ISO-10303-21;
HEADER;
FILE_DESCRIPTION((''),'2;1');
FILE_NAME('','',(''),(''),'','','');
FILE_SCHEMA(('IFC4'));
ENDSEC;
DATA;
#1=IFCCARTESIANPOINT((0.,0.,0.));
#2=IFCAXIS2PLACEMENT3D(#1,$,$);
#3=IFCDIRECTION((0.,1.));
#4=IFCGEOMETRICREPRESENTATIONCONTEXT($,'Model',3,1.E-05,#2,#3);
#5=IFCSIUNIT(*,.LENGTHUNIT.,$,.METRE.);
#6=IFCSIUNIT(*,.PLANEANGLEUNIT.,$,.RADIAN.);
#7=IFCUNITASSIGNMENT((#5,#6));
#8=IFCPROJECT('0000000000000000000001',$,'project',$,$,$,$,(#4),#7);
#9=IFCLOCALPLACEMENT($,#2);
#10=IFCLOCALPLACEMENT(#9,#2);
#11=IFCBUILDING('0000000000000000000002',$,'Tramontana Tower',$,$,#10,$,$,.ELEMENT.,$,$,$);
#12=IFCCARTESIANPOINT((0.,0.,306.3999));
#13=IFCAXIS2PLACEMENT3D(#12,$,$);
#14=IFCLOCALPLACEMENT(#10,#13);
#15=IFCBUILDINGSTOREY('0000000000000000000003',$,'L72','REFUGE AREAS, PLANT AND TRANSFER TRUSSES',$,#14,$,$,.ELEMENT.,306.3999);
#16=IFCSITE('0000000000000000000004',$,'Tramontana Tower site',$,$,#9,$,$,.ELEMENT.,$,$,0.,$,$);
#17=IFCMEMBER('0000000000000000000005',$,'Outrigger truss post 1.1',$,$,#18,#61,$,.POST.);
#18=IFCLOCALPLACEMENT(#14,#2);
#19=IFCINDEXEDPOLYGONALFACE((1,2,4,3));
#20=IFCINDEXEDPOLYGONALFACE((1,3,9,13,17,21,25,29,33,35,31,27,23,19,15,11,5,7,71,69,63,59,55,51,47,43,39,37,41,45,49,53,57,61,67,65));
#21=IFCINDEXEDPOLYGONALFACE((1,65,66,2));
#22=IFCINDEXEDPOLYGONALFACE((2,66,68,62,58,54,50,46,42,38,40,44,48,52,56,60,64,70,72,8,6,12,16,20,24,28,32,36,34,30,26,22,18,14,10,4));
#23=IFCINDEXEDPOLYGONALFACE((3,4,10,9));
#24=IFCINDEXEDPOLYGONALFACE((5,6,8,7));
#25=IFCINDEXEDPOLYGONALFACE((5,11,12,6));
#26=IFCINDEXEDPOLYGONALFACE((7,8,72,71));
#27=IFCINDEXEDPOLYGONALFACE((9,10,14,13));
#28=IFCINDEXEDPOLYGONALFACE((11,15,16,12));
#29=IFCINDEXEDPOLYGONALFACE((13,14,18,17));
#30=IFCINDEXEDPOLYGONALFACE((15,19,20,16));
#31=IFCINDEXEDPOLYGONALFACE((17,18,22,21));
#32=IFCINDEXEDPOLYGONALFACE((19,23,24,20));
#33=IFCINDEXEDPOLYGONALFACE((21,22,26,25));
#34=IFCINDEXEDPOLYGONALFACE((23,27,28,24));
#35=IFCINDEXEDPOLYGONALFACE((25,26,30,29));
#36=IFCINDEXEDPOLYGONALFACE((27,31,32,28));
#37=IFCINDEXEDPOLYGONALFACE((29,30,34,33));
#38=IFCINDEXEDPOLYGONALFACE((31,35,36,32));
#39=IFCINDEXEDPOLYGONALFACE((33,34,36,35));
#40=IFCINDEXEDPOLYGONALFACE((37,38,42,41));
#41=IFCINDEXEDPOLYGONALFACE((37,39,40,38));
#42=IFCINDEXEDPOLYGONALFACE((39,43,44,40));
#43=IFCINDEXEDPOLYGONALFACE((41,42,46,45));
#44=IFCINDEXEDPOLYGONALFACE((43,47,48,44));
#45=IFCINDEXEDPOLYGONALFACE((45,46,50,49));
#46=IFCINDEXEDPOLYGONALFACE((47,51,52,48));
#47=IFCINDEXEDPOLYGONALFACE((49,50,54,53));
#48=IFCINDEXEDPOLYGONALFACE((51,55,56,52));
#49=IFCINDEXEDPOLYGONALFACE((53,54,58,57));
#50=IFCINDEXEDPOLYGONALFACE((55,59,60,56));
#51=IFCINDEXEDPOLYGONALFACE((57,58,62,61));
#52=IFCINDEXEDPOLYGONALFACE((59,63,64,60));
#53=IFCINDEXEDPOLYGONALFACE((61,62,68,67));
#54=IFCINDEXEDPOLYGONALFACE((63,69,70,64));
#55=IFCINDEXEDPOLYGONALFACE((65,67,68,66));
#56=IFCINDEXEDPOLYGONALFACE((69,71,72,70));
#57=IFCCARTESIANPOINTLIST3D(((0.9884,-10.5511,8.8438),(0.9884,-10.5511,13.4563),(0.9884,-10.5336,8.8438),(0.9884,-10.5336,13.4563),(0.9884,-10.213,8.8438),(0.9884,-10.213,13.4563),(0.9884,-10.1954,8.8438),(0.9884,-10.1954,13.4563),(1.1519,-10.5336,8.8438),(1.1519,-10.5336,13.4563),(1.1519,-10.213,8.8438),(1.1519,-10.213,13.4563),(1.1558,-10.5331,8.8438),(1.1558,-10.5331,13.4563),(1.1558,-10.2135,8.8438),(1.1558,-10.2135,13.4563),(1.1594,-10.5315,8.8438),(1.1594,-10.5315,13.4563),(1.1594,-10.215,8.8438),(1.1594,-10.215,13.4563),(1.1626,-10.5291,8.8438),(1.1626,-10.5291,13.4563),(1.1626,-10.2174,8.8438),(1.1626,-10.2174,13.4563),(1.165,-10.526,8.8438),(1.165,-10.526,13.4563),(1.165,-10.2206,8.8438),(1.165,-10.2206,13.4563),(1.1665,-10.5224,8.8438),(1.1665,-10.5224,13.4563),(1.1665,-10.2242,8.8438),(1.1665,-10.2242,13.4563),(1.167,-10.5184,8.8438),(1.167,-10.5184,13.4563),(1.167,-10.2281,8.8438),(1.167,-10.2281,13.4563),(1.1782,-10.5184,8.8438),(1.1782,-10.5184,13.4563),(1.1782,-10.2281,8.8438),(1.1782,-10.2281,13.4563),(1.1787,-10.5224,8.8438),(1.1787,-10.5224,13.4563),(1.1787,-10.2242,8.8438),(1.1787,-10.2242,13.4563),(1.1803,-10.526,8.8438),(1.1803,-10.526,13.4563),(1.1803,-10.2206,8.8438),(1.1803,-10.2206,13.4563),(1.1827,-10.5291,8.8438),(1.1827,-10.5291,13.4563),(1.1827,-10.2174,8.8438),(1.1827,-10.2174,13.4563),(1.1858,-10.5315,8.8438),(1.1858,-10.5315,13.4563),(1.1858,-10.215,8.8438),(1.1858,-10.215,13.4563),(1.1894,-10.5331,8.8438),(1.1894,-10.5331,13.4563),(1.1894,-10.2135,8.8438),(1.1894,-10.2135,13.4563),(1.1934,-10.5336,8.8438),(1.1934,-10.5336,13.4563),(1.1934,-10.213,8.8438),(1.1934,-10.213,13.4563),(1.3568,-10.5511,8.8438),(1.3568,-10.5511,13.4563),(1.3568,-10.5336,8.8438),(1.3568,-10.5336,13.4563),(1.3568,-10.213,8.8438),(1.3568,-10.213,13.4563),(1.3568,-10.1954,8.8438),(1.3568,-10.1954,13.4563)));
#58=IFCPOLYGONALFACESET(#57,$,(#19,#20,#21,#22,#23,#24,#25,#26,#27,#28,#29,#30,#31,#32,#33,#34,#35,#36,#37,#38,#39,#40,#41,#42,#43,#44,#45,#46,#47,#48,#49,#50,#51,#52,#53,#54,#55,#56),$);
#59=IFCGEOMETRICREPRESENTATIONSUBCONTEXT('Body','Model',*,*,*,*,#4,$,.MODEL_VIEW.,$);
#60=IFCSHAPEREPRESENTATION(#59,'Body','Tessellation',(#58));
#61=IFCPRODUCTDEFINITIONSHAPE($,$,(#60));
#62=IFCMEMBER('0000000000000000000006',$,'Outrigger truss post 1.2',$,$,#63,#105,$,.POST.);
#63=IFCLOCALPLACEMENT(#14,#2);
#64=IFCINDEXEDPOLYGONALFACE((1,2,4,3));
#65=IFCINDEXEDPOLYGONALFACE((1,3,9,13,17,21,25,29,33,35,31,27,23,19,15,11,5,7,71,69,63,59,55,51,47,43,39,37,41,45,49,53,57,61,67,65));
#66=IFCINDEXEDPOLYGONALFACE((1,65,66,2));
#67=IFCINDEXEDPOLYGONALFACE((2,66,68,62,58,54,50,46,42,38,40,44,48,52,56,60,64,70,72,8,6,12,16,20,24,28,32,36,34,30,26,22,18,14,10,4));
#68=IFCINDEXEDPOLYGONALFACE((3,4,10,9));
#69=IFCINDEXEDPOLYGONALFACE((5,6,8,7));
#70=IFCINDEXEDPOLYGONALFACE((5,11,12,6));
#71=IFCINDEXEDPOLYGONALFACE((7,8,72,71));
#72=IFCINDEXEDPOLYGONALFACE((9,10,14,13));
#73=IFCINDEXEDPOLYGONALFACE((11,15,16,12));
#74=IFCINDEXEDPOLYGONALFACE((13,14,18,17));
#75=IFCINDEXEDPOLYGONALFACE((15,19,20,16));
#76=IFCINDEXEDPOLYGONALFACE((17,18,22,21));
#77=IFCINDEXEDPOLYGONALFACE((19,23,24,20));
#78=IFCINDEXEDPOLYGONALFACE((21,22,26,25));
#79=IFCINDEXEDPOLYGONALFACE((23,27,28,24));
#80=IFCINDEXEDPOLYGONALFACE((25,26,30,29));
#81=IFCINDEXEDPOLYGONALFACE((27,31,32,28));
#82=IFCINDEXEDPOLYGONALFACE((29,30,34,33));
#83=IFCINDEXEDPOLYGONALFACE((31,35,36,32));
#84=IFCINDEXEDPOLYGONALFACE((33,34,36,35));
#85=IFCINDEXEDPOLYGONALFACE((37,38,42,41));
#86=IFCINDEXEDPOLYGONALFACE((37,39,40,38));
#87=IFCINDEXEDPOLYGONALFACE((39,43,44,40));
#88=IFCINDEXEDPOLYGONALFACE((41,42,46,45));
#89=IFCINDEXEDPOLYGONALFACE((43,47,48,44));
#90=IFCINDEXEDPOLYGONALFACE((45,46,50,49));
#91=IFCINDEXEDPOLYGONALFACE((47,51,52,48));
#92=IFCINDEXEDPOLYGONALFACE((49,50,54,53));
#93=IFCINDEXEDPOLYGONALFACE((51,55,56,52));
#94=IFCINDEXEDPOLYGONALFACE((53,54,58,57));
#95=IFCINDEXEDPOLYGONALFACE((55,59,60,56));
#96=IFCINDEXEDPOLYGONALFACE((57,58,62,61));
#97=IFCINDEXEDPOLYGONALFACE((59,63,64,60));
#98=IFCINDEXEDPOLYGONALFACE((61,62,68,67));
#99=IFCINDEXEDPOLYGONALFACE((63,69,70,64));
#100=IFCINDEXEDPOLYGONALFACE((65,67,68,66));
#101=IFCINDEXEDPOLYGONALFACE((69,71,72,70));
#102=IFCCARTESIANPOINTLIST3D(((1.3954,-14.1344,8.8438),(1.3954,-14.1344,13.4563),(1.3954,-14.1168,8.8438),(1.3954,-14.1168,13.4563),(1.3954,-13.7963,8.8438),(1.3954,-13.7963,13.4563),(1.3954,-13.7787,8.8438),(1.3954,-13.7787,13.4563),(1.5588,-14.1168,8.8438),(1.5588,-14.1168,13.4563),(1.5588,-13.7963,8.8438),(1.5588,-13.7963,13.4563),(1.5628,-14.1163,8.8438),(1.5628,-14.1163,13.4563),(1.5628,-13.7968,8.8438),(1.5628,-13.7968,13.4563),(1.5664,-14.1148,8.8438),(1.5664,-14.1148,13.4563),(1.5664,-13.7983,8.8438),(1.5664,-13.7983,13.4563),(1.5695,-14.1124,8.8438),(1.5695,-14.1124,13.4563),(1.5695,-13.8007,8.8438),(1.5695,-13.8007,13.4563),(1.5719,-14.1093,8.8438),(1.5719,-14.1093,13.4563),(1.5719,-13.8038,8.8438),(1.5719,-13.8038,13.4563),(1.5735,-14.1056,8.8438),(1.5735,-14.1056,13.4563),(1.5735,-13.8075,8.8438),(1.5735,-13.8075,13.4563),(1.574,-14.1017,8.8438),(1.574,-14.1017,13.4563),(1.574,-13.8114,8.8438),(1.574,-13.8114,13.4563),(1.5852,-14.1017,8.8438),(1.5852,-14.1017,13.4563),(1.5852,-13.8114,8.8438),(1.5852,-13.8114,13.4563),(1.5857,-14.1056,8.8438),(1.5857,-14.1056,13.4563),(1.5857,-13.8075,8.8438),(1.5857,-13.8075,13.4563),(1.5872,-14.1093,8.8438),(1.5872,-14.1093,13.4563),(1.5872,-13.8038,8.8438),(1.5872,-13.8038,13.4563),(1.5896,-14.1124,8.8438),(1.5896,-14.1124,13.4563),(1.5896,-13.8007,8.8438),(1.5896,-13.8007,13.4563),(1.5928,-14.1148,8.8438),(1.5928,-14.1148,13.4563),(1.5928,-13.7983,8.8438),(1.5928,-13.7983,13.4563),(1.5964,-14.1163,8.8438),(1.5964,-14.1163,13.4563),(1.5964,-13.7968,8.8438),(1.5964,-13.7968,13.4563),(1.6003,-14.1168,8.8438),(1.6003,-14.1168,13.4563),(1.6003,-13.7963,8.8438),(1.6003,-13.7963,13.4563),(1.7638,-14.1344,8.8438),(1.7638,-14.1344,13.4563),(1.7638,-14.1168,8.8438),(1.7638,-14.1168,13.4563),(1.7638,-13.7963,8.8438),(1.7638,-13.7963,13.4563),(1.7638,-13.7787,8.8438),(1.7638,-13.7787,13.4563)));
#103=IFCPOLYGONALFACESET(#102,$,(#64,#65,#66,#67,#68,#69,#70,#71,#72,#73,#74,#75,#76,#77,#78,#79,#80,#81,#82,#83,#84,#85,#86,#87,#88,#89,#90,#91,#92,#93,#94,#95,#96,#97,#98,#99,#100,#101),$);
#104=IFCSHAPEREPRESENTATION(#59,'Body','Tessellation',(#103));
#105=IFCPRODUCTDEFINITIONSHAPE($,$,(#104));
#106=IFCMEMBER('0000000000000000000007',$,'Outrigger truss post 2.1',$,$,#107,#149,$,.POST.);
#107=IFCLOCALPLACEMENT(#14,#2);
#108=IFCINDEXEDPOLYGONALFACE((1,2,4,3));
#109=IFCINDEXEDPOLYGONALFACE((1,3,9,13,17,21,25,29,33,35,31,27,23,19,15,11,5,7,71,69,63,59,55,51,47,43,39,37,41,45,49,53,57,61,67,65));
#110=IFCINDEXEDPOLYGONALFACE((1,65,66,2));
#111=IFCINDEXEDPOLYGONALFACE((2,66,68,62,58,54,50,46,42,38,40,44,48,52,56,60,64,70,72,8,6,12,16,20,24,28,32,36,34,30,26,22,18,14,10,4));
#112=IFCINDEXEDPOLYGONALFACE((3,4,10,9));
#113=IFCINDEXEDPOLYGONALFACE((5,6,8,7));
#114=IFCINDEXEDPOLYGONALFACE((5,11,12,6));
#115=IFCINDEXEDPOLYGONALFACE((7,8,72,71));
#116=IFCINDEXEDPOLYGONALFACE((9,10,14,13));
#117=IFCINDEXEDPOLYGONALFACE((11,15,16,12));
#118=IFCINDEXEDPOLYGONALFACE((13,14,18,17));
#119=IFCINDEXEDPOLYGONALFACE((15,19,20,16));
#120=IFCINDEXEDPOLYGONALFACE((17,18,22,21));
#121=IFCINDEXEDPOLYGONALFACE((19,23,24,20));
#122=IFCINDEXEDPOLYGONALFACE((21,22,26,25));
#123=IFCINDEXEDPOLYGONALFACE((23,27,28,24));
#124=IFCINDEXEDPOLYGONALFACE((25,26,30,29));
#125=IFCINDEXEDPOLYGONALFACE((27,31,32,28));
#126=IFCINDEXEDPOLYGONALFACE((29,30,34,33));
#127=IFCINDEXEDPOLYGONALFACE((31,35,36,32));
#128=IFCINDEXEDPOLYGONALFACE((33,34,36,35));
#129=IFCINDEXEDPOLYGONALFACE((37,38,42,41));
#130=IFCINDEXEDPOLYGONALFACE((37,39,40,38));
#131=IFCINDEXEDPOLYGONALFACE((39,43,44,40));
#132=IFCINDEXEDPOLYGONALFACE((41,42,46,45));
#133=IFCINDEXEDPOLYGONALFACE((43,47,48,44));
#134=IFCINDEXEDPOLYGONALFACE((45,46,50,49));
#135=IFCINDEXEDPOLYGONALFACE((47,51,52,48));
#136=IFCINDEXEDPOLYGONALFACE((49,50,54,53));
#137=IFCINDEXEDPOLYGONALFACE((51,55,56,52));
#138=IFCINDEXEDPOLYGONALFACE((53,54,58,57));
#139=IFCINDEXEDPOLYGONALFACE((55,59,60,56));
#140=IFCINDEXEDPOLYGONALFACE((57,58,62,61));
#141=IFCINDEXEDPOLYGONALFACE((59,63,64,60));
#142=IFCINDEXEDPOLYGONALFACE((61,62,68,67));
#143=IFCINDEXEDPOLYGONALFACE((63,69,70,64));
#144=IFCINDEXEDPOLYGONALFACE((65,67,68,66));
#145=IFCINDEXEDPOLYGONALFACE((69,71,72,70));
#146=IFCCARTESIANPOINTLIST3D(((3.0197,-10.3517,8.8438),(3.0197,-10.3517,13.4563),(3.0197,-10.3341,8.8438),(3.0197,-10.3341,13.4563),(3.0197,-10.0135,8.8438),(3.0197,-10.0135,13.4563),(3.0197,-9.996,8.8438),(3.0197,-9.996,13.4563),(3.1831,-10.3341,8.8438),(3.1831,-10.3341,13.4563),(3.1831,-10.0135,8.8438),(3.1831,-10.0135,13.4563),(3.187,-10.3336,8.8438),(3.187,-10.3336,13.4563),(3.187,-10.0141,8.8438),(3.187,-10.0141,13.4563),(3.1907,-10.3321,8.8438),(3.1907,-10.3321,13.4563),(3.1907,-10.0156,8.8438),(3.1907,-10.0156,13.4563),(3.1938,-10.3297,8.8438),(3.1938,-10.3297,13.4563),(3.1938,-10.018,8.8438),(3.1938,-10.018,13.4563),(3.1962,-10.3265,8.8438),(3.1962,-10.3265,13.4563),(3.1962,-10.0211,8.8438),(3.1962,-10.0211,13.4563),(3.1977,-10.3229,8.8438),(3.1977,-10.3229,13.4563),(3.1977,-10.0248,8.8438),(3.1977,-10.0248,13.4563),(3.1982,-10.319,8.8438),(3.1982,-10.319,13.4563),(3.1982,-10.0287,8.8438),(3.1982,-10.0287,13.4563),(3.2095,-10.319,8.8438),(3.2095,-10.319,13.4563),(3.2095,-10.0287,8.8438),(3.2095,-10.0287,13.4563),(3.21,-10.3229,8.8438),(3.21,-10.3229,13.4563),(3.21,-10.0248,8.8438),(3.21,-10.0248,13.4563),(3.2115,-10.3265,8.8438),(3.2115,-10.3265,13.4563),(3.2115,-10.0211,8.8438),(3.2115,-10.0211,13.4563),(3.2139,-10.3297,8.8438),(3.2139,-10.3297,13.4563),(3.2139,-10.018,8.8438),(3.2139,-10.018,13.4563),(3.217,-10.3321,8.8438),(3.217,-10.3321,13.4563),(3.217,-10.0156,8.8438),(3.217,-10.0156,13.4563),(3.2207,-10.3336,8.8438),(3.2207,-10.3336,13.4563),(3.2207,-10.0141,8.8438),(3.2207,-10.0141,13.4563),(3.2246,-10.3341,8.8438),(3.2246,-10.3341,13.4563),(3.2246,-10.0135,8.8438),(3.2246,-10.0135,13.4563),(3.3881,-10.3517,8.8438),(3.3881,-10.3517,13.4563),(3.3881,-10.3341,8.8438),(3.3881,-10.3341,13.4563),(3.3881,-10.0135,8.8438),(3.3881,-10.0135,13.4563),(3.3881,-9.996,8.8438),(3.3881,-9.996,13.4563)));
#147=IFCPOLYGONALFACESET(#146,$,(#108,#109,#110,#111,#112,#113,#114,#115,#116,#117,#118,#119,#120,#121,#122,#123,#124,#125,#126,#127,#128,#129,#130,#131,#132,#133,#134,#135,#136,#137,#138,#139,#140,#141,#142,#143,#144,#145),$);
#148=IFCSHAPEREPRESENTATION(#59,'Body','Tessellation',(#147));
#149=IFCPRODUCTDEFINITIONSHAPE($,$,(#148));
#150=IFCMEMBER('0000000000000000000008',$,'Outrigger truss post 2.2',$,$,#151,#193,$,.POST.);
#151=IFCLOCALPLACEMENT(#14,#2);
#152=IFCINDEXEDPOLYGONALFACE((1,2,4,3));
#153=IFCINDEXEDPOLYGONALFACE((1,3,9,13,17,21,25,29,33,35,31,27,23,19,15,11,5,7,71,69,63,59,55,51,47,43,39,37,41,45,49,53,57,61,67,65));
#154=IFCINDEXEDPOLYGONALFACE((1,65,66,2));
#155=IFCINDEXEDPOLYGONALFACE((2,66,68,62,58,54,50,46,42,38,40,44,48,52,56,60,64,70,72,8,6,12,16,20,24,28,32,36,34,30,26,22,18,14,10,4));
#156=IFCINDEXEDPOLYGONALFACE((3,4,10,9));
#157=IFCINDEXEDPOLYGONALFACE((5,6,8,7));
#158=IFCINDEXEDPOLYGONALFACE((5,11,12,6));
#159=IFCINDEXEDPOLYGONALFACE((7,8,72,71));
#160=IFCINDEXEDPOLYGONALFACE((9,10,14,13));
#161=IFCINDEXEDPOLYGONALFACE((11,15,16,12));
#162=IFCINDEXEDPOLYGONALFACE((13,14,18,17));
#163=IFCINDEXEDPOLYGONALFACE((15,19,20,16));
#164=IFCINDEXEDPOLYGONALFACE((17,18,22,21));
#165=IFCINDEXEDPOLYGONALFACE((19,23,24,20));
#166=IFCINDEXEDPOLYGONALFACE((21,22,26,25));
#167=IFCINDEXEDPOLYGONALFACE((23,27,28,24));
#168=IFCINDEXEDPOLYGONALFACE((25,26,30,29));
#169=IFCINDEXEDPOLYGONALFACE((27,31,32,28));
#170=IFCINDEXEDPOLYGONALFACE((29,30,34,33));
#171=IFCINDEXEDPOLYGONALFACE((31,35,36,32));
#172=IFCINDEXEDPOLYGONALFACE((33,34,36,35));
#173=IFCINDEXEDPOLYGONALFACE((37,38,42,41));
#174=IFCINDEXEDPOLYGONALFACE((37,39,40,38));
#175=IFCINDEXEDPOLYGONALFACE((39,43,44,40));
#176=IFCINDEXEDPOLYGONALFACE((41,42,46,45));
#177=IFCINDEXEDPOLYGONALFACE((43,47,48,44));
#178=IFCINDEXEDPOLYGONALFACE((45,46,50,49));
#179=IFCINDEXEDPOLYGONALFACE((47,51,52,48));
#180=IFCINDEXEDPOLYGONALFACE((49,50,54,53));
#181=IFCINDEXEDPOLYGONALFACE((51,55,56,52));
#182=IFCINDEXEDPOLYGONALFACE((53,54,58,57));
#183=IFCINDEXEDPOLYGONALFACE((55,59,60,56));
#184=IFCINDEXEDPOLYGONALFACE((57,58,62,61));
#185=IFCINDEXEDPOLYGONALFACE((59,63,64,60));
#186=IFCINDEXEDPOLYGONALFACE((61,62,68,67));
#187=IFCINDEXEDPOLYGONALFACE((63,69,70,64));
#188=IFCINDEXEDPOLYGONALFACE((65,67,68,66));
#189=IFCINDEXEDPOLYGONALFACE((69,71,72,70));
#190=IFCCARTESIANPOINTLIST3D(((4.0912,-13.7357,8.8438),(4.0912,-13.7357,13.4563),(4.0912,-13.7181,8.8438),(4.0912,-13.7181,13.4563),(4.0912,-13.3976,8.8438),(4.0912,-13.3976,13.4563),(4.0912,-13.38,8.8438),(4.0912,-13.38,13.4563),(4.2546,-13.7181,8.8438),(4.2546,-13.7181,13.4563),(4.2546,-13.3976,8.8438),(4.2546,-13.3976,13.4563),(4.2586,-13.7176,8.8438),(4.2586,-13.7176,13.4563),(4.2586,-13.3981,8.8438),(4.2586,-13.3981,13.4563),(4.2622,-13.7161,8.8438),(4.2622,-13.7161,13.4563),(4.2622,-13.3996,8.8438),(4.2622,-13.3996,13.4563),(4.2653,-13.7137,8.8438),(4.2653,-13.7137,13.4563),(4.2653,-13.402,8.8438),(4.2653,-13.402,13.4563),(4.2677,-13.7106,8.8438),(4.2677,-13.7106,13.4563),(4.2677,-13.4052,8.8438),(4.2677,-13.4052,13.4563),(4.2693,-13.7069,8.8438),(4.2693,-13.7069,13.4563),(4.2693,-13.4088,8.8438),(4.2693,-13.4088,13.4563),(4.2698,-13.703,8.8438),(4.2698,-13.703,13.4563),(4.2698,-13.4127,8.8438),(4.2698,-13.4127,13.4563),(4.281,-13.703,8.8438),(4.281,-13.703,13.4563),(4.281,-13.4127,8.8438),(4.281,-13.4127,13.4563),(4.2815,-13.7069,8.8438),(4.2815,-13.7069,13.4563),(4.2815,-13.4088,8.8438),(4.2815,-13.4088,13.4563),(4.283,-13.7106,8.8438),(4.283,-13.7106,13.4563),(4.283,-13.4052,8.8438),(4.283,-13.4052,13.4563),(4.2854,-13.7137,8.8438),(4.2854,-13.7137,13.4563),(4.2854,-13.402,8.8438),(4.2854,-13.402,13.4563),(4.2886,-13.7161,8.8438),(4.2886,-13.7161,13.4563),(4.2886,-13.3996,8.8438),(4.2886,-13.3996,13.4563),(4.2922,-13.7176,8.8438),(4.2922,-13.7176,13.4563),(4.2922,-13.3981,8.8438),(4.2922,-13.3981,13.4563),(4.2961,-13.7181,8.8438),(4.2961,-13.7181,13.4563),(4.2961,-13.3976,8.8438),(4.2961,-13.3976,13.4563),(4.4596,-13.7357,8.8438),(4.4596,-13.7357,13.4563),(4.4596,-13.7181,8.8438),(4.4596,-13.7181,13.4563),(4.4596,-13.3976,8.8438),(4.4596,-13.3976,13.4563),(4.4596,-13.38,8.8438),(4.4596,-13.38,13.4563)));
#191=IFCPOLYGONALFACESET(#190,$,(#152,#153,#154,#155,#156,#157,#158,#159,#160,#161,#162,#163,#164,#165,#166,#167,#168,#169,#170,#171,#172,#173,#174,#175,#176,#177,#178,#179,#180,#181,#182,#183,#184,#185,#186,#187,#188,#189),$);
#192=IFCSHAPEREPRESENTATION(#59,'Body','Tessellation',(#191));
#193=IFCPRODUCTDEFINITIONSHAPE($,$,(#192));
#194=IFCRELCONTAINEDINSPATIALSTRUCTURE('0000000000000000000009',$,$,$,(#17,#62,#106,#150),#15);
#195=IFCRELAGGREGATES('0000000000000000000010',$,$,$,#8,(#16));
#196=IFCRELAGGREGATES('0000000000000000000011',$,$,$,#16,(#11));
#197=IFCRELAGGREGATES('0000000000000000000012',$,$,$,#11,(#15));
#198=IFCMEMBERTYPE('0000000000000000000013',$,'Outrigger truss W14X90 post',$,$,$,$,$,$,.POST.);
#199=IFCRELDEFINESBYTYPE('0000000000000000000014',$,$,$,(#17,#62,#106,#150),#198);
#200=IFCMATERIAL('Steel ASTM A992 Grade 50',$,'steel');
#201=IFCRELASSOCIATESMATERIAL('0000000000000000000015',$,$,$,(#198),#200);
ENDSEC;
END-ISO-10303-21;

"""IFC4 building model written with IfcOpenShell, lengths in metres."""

from ifc_helpers import new_model, si_unit, direction, frame, origin, origin_2d, place, context, subcontext, project, spatial, i_section, extrude, material, material_profile, profile_set, type_object, element, save


model = new_model("IFC4")

# Units and contexts
model_context = context("Model", 3, precision=1e-05, world=origin(), true_north=direction((0.0, 1.0)))
body_context = subcontext(model_context, "Body", "Model", "MODEL_VIEW")
ifc_project = project(units=[si_unit("LENGTHUNIT", "METRE"), si_unit("PLANEANGLEUNIT", "RADIAN")], contexts=[model_context])

# Site, building, storey
site_placement = place(None, origin())
site = spatial("IfcSite", under=ifc_project, at=site_placement, Name="Tramontana Tower site", CompositionType="ELEMENT", RefElevation=0.0)
building_placement = place(site_placement, origin())
building = spatial("IfcBuilding", under=site, at=building_placement, Name="Tramontana Tower", CompositionType="ELEMENT")
storey_placement = place(building_placement, frame((0.0, 0.0, 306.3999)))
storey = spatial("IfcBuildingStorey", under=building, at=storey_placement, Name="L72", Description="REFUGE AREAS, PLANT AND TRANSFER TRUSSES", CompositionType="ELEMENT", Elevation=306.3999)

# Members
ifc_material_1 = material(Name="Steel ASTM A992 Grade 50", Category="steel")
ifc_material_profile_1 = material_profile(ifc_material_1, i_section(OverallWidth=0.3684, OverallDepth=0.3557, WebThickness=0.0112, FlangeThickness=0.0176, FilletRadius=0.0151, at=origin_2d()), Name="W14X90")
ifc_profile_set_1 = profile_set([ifc_material_profile_1], Name="Steel ASTM A992 Grade 50")
member_type_1 = type_object("IfcMemberType", Name="Outrigger truss W14X90 post", PredefinedType="POST", material=ifc_profile_set_1)
for number, where, z_axis, x_axis, name in (
    (1, (1.1726, -10.3733, 8.8438), (0.0, 0.0, 1.0), (1.0, 0.0, 0.0), "Outrigger truss post 1.1"),
    (2, (1.5796, -13.9565, 8.8438), (0.0, 0.0, 1.0), (1.0, 0.0, 0.0), "Outrigger truss post 1.2"),
    (3, (3.2039, -10.1738, 8.8438), (0.0, 0.0, 1.0), (1.0, 0.0, 0.0), "Outrigger truss post 2.1"),
    (4, (4.2754, -13.5579, 8.8438), (0.0, 0.0, 1.0), (1.0, 0.0, 0.0), "Outrigger truss post 2.2"),
):
    element("IfcMember", number, at=place(storey_placement, frame(where, z_axis=z_axis, x_axis=x_axis)), inside=storey, type_object=member_type_1, Name=name, PredefinedType="POST", context=body_context, shape_type="SweptSolid", body=[
        extrude(i_section(OverallWidth=0.3684, OverallDepth=0.3557, WebThickness=0.0112, FlangeThickness=0.0176, FilletRadius=0.0151, at=origin_2d()), origin(), (0.0, 0.0, 1.0), 4.6125),
    ])

save(model, "model.ifc")
